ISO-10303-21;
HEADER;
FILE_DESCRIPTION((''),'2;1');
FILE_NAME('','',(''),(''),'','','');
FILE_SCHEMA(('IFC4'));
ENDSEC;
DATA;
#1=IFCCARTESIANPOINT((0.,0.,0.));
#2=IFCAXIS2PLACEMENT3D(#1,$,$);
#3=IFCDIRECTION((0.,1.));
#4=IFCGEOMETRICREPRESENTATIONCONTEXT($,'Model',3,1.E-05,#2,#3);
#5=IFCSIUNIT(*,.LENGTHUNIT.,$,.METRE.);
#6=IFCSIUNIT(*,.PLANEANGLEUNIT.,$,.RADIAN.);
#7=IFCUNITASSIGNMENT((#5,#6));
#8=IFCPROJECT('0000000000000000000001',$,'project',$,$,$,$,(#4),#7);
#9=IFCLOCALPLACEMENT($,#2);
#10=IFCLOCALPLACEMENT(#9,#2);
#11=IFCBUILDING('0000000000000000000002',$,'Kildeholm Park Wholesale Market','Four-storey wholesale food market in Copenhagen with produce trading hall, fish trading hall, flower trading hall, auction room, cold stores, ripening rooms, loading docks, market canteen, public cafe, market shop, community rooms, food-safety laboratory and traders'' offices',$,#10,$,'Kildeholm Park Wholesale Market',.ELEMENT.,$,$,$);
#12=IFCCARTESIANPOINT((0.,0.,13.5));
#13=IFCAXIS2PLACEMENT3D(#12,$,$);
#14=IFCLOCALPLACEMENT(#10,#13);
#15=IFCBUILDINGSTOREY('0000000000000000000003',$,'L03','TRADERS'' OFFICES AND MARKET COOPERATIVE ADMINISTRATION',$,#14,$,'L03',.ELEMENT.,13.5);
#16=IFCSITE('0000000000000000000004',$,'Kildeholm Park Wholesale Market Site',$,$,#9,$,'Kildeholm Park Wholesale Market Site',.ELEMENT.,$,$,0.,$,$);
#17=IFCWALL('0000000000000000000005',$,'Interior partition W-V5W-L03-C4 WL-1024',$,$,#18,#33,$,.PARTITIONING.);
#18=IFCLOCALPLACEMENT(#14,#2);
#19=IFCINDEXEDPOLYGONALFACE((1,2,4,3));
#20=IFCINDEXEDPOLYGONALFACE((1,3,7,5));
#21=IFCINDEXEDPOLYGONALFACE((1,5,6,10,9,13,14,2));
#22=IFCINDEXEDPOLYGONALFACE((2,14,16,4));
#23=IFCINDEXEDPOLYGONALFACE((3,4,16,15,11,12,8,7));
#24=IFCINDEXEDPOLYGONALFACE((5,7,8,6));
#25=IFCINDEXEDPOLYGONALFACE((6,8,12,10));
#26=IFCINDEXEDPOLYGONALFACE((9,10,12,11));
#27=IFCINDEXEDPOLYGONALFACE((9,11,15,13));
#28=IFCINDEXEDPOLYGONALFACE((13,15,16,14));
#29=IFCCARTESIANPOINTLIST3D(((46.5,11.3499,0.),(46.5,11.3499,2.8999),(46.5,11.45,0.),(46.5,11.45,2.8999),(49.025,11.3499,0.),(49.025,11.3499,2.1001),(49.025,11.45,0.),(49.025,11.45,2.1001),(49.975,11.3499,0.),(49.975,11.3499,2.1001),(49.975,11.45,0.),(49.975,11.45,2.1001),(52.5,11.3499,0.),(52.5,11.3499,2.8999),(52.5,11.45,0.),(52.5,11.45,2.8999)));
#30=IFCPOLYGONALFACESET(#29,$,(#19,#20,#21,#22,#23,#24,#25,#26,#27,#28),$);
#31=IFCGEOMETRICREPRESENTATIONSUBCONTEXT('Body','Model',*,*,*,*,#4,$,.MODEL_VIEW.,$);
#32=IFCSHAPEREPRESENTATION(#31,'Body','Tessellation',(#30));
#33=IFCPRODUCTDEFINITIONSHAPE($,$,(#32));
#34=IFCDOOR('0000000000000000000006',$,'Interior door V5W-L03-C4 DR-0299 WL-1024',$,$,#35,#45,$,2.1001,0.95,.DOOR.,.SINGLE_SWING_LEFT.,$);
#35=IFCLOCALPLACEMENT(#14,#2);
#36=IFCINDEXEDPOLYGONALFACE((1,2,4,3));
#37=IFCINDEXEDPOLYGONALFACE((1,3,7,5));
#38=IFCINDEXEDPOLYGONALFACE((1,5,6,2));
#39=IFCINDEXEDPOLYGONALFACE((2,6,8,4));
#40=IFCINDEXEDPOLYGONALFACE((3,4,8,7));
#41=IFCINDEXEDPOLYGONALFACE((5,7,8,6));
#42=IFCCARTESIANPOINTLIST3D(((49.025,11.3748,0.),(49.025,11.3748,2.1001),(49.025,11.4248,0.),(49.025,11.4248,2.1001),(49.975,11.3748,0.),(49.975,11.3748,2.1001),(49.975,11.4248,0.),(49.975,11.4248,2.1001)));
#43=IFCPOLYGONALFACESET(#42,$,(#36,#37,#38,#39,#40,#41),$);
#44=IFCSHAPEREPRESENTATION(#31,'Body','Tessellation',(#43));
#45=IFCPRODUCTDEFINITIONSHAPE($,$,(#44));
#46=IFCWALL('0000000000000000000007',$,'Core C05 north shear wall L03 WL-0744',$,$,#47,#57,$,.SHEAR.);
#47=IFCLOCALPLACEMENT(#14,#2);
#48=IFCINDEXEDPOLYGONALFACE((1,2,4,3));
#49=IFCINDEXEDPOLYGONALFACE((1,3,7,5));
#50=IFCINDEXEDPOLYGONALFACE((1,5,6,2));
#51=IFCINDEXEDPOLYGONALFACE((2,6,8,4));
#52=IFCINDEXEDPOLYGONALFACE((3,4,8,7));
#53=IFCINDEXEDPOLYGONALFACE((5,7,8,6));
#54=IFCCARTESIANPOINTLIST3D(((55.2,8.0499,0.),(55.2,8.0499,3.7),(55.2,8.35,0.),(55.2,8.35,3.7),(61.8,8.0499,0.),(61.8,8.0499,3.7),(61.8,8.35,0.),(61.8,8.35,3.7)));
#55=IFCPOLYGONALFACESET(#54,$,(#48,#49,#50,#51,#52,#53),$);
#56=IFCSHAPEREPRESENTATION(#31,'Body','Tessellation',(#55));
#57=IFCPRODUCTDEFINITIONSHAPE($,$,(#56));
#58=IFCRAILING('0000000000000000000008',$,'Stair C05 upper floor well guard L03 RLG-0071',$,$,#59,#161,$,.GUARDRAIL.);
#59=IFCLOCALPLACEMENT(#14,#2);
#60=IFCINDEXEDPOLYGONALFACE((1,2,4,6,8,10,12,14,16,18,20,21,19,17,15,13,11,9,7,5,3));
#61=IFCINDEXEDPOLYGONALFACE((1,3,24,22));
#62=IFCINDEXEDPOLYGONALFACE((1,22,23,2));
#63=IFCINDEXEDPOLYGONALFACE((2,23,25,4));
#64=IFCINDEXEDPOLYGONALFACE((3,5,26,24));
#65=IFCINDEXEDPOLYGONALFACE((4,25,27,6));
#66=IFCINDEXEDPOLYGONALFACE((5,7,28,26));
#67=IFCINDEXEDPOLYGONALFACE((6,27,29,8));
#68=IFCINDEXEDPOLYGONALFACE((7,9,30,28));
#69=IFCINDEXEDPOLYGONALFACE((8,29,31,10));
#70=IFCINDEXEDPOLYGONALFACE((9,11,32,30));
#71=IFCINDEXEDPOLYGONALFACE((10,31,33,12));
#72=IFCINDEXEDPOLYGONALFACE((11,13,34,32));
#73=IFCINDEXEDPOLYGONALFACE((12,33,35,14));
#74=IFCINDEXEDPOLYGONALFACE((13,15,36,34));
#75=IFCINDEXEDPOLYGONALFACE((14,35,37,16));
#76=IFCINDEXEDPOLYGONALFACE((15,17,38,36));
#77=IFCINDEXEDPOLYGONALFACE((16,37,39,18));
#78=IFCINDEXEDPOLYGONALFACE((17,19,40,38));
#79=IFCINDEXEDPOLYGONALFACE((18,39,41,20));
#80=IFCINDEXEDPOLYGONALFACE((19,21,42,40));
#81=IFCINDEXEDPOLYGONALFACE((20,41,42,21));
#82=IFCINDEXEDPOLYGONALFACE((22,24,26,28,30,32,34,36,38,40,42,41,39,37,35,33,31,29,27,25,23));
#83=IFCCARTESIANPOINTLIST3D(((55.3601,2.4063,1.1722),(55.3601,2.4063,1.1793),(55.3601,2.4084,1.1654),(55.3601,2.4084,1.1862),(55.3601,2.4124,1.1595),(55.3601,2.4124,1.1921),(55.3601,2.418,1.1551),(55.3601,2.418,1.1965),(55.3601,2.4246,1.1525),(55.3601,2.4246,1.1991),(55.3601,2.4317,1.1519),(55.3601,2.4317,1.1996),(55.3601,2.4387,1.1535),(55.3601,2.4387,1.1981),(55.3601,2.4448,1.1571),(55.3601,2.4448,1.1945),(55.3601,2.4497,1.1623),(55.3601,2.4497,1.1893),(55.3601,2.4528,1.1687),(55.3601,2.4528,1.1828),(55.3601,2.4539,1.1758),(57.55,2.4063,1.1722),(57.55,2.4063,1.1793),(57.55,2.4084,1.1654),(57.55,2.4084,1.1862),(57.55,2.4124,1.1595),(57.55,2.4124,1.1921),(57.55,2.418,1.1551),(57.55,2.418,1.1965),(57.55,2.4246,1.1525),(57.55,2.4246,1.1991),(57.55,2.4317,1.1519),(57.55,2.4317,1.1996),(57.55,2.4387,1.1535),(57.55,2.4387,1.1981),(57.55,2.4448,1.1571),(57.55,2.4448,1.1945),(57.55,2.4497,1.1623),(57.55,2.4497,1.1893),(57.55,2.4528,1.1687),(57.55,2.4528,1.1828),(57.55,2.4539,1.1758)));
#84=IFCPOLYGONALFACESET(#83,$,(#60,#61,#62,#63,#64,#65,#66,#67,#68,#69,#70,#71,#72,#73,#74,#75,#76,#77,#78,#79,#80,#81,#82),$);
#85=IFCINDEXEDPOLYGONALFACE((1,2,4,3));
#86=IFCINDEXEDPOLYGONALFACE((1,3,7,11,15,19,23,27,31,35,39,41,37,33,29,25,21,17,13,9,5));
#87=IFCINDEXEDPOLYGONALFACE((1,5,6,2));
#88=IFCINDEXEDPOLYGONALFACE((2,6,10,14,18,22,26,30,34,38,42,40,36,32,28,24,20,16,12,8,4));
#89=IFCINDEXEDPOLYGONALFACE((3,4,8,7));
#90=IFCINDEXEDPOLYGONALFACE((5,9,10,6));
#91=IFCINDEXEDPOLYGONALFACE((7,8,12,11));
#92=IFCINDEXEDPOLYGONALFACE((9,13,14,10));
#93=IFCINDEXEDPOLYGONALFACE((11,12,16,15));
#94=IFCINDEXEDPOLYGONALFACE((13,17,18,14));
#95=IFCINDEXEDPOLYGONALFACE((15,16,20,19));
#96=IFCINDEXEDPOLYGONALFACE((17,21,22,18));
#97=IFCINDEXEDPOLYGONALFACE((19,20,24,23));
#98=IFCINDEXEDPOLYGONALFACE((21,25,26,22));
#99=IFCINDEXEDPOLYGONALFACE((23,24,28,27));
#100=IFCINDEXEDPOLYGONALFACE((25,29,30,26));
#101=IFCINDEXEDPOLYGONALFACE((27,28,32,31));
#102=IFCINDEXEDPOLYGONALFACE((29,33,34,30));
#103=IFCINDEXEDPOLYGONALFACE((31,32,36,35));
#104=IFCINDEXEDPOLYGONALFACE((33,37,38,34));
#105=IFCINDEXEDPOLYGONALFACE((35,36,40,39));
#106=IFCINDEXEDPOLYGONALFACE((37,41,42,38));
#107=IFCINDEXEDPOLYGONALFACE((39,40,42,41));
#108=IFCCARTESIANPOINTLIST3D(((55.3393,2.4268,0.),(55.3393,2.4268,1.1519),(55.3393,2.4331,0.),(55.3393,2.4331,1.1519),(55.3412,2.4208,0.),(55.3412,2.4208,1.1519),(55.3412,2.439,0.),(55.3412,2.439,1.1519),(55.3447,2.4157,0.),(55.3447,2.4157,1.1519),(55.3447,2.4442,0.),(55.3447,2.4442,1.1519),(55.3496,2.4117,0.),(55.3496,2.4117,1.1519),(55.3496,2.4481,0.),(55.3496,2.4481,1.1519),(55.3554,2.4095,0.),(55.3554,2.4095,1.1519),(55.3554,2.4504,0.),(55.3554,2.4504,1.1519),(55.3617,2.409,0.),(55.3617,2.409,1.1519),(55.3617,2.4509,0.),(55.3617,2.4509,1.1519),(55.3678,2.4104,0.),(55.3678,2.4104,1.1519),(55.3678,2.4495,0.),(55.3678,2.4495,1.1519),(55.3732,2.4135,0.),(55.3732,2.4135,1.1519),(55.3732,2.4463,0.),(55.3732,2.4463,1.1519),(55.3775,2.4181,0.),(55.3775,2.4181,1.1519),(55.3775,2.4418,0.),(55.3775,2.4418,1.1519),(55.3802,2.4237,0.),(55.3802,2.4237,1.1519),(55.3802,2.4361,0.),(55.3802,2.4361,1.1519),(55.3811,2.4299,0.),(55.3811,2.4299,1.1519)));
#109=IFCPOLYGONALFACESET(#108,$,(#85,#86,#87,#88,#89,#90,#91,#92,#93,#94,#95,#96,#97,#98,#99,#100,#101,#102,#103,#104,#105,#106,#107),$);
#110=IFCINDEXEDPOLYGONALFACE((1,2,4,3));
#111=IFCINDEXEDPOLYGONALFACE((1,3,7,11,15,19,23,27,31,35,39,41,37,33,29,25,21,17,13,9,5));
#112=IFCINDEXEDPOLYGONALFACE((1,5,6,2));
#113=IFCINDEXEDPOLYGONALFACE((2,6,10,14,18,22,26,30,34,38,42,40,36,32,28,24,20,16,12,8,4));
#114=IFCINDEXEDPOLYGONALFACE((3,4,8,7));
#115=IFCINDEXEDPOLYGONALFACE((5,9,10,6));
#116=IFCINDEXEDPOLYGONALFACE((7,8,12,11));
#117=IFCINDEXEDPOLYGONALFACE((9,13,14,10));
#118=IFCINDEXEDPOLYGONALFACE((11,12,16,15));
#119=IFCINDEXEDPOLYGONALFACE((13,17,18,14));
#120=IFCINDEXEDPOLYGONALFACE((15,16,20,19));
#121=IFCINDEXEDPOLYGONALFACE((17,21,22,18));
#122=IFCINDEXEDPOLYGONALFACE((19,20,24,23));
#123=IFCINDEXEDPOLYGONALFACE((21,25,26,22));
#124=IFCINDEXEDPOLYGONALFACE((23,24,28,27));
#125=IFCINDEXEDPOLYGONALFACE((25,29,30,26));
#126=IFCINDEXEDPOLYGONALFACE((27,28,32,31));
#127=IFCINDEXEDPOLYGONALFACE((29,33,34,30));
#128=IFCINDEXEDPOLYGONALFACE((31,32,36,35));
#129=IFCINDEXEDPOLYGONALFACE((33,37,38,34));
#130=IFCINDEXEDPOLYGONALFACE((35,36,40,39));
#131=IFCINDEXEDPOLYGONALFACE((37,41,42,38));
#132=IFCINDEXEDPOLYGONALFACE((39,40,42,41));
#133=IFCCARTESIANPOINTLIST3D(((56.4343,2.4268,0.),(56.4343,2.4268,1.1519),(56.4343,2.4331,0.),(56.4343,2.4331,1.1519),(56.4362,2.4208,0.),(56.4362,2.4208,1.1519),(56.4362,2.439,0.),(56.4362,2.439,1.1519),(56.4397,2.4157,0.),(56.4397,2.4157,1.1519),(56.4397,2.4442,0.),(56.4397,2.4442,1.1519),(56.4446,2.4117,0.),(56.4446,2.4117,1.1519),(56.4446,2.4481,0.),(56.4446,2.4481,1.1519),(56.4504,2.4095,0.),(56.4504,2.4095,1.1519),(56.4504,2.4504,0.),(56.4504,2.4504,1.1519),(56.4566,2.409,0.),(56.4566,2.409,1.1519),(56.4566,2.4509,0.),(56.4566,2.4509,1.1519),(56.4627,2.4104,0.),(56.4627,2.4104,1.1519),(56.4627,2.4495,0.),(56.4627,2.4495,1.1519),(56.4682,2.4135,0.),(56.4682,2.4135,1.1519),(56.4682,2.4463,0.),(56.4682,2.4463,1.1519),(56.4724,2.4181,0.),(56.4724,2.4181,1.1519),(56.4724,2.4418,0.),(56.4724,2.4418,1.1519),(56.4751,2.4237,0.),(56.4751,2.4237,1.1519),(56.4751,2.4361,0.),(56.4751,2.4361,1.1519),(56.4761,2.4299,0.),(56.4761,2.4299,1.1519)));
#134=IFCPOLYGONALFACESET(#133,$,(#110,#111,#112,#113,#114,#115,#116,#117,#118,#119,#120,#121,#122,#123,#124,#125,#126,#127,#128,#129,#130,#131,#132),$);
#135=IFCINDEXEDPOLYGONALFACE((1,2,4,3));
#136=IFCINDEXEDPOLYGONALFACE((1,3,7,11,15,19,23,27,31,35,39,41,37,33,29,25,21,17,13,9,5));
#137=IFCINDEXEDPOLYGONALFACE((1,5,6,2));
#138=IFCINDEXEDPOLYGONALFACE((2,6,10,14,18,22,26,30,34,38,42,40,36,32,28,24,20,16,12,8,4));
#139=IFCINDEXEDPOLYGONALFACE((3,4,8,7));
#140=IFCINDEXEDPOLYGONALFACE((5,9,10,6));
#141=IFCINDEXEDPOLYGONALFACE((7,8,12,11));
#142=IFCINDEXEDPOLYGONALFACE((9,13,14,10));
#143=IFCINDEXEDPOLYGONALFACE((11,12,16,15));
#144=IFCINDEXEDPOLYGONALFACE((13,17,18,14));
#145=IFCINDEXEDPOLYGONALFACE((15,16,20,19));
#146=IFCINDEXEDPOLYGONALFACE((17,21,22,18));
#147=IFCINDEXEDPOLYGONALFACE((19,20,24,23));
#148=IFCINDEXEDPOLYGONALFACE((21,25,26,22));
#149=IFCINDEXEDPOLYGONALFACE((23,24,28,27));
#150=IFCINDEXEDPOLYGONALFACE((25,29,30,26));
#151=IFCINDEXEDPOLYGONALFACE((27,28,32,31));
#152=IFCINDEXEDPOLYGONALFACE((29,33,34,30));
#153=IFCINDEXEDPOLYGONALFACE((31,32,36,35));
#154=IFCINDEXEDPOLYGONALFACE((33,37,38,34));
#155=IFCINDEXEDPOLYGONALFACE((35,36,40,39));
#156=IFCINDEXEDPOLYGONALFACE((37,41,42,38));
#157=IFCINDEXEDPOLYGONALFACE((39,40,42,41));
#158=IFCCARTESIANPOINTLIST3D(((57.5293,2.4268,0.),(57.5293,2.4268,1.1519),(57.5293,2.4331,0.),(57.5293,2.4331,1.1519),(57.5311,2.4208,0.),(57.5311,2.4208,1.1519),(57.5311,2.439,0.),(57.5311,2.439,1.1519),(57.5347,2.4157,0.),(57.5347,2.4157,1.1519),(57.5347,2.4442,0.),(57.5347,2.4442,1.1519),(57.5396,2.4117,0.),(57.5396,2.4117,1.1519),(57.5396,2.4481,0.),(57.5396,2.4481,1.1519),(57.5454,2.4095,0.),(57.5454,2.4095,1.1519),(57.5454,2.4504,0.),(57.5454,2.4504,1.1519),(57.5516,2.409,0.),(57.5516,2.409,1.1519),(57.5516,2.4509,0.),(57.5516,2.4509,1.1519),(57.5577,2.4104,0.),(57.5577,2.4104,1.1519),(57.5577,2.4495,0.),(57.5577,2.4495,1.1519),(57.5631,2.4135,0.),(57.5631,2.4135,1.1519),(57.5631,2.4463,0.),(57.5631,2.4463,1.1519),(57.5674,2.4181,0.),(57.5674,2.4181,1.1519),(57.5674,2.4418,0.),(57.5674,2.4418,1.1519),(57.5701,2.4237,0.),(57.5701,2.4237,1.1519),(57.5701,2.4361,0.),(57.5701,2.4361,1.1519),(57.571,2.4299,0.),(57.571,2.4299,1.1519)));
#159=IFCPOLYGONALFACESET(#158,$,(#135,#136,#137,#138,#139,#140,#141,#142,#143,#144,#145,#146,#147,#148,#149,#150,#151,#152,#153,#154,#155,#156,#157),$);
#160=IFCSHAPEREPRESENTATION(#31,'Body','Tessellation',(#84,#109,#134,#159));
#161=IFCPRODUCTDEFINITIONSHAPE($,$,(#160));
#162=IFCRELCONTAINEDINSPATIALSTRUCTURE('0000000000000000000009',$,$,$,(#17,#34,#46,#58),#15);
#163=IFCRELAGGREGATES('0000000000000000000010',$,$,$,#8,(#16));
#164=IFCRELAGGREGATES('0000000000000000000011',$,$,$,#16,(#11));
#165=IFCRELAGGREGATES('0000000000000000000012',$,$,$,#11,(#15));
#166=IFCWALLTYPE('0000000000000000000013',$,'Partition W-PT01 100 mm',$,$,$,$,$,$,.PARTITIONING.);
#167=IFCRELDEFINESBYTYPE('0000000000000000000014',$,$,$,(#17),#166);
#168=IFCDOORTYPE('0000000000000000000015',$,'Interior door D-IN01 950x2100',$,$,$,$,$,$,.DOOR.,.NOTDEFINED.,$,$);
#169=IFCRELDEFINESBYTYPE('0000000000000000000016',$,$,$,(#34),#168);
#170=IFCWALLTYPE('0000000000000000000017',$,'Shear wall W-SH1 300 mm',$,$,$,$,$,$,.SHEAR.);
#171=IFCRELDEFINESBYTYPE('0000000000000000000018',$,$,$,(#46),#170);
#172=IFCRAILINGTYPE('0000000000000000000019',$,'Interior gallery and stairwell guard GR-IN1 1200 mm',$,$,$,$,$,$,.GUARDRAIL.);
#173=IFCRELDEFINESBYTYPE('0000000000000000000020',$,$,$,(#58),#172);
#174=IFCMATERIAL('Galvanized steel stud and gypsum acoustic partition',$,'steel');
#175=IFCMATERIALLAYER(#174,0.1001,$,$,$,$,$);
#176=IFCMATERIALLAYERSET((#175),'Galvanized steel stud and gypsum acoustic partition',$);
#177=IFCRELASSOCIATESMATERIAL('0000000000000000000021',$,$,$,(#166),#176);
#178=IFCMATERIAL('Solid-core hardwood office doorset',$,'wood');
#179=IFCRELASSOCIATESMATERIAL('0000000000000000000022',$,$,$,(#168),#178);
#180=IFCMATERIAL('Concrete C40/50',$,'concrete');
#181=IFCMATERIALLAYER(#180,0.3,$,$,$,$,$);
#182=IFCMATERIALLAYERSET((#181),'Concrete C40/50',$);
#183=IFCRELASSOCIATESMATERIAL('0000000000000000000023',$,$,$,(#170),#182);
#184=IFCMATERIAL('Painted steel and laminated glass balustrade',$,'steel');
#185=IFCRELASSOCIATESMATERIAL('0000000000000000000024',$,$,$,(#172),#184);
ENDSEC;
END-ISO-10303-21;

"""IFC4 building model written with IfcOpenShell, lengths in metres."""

from ifc_helpers import new_model, si_unit, direction, frame, frame_2d, origin, origin_2d, place, context, subcontext, project, spatial, rectangle, circle, extrude, material, layer, layer_set, type_object, element, fill, save


model = new_model("IFC4")

# Units and contexts
model_context = context("Model", 3, precision=1e-05, world=origin(), true_north=direction((0.0, 1.0)))
body_context = subcontext(model_context, "Body", "Model", "MODEL_VIEW")
ifc_project = project(units=[si_unit("LENGTHUNIT", "METRE"), si_unit("PLANEANGLEUNIT", "RADIAN")], contexts=[model_context])

# Site, building, storey
site_placement = place(None, origin())
site = spatial("IfcSite", under=ifc_project, at=site_placement, Name="Kildeholm Park Wholesale Market Site", LongName="Kildeholm Park Wholesale Market Site", CompositionType="ELEMENT", RefElevation=0.0)
building_placement = place(site_placement, origin())
building = spatial("IfcBuilding", under=site, at=building_placement, Name="Kildeholm Park Wholesale Market", Description="Four-storey wholesale food market in Copenhagen with produce trading hall, fish trading hall, flower trading hall, auction room, cold stores, ripening rooms, loading docks, market canteen, public cafe, market shop, community rooms, food-safety laboratory and traders' offices", LongName="Kildeholm Park Wholesale Market", CompositionType="ELEMENT")
storey_placement = place(building_placement, frame((0.0, 0.0, 13.5)))
storey = spatial("IfcBuildingStorey", under=building, at=storey_placement, Name="L03", Description="TRADERS' OFFICES AND MARKET COOPERATIVE ADMINISTRATION", LongName="L03", CompositionType="ELEMENT", Elevation=13.5)

# Wall, opening, door
ifc_material_1 = material(Name="Galvanized steel stud and gypsum acoustic partition", Category="steel")
ifc_layer_1 = layer(ifc_material_1, 0.1001)
ifc_layer_set_1 = layer_set([ifc_layer_1], Name="Galvanized steel stud and gypsum acoustic partition")
wall_type_1 = type_object("IfcWallType", Name="Partition W-PT01 100 mm", PredefinedType="PARTITIONING", material=ifc_layer_set_1)
wall_1_placement = place(storey_placement, frame((46.5, 11.3999, 0.0), z_axis=(0.0, 0.0, 1.0), x_axis=(1.0, 0.0, 0.0)))
wall_1 = element("IfcWall", 1, at=wall_1_placement, inside=storey, type_object=wall_type_1, Name="Interior partition W-V5W-L03-C4 WL-1024", PredefinedType="PARTITIONING", context=body_context, shape_type="SweptSolid", body=[
    extrude(rectangle(XDim=6.0, YDim=0.1001, at=frame_2d((3.0, 0.0))), origin(), (0.0, 0.0, 1.0), 2.8999),
])
opening_1_placement = place(wall_1_placement, frame((2.5249, 0.0, 0.0)))
opening_1 = element("IfcOpeningElement", 2, at=opening_1_placement, cuts=wall_1, PredefinedType="OPENING", context=body_context, shape_type="SweptSolid", body=[
    extrude(rectangle(XDim=0.95, YDim=2.1001, at=frame_2d((0.4751, 1.05))), frame((0.0, 0.0601, 0.0), z_axis=(0.0, -1.0, 0.0), x_axis=(1.0, 0.0, 0.0)), (0.0, 0.0, 1.0), 0.1201),
])
ifc_material_2 = material(Name="Solid-core hardwood office doorset", Category="wood")
door_type_1 = type_object("IfcDoorType", Name="Interior door D-IN01 950x2100", OperationType="NOTDEFINED", PredefinedType="DOOR", material=ifc_material_2)
door_1_placement = place(opening_1_placement, origin())
door_1 = element("IfcDoor", 3, at=door_1_placement, inside=storey, type_object=door_type_1, Name="Interior door V5W-L03-C4 DR-0299 WL-1024", OperationType="SINGLE_SWING_LEFT", OverallHeight=2.1001, OverallWidth=0.95, PredefinedType="DOOR", context=body_context, shape_type="SweptSolid", body=[
    extrude(rectangle(XDim=0.95, YDim=2.1001, at=frame_2d((0.4751, 1.05))), frame((0.0, 0.0249, 0.0), z_axis=(0.0, -1.0, 0.0), x_axis=(1.0, 0.0, 0.0)), (0.0, 0.0, 1.0), 0.05),
])
fill(opening_1, door_1)

# Wall
ifc_material_3 = material(Name="Concrete C40/50", Category="concrete")
ifc_layer_2 = layer(ifc_material_3, 0.3)
ifc_layer_set_2 = layer_set([ifc_layer_2], Name="Concrete C40/50")
wall_type_2 = type_object("IfcWallType", Name="Shear wall W-SH1 300 mm", PredefinedType="SHEAR", material=ifc_layer_set_2)
wall_2_placement = place(storey_placement, frame((55.2, 8.2, 0.0), z_axis=(0.0, 0.0, 1.0), x_axis=(1.0, 0.0, 0.0)))
element("IfcWall", 4, at=wall_2_placement, inside=storey, type_object=wall_type_2, Name="Core C05 north shear wall L03 WL-0744", PredefinedType="SHEAR", context=body_context, shape_type="SweptSolid", body=[
    extrude(rectangle(XDim=6.6001, YDim=0.3, at=frame_2d((3.3, 0.0))), origin(), (0.0, 0.0, 1.0), 3.7),
])

# Railing
ifc_material_4 = material(Name="Painted steel and laminated glass balustrade", Category="steel")
railing_type = type_object("IfcRailingType", Name="Interior gallery and stairwell guard GR-IN1 1200 mm", PredefinedType="GUARDRAIL", material=ifc_material_4)
railing_placement = place(storey_placement, frame((55.3601, 2.4299, 0.0)))
element("IfcRailing", 5, at=railing_placement, inside=storey, type_object=railing_type, Name="Stair C05 upper floor well guard L03 RLG-0071", PredefinedType="GUARDRAIL", context=body_context, shape_type="SweptSolid", body=[
    extrude(circle(Radius=0.0239, at=origin_2d()), frame((0.0, 0.0, 1.1758), z_axis=(1.0, 0.0, 0.0), x_axis=(0.0, 1.0, 0.0)), (0.0, 0.0, 1.0), 2.1899),
    extrude(circle(Radius=0.021, at=origin_2d()), origin(), (0.0, 0.0, 1.0), 1.1519),
    extrude(circle(Radius=0.021, at=origin_2d()), frame((1.095, 0.0, 0.0)), (0.0, 0.0, 1.0), 1.1519),
    extrude(circle(Radius=0.021, at=origin_2d()), frame((2.1899, 0.0, 0.0)), (0.0, 0.0, 1.0), 1.1519),
])

save(model, "model.ifc")
